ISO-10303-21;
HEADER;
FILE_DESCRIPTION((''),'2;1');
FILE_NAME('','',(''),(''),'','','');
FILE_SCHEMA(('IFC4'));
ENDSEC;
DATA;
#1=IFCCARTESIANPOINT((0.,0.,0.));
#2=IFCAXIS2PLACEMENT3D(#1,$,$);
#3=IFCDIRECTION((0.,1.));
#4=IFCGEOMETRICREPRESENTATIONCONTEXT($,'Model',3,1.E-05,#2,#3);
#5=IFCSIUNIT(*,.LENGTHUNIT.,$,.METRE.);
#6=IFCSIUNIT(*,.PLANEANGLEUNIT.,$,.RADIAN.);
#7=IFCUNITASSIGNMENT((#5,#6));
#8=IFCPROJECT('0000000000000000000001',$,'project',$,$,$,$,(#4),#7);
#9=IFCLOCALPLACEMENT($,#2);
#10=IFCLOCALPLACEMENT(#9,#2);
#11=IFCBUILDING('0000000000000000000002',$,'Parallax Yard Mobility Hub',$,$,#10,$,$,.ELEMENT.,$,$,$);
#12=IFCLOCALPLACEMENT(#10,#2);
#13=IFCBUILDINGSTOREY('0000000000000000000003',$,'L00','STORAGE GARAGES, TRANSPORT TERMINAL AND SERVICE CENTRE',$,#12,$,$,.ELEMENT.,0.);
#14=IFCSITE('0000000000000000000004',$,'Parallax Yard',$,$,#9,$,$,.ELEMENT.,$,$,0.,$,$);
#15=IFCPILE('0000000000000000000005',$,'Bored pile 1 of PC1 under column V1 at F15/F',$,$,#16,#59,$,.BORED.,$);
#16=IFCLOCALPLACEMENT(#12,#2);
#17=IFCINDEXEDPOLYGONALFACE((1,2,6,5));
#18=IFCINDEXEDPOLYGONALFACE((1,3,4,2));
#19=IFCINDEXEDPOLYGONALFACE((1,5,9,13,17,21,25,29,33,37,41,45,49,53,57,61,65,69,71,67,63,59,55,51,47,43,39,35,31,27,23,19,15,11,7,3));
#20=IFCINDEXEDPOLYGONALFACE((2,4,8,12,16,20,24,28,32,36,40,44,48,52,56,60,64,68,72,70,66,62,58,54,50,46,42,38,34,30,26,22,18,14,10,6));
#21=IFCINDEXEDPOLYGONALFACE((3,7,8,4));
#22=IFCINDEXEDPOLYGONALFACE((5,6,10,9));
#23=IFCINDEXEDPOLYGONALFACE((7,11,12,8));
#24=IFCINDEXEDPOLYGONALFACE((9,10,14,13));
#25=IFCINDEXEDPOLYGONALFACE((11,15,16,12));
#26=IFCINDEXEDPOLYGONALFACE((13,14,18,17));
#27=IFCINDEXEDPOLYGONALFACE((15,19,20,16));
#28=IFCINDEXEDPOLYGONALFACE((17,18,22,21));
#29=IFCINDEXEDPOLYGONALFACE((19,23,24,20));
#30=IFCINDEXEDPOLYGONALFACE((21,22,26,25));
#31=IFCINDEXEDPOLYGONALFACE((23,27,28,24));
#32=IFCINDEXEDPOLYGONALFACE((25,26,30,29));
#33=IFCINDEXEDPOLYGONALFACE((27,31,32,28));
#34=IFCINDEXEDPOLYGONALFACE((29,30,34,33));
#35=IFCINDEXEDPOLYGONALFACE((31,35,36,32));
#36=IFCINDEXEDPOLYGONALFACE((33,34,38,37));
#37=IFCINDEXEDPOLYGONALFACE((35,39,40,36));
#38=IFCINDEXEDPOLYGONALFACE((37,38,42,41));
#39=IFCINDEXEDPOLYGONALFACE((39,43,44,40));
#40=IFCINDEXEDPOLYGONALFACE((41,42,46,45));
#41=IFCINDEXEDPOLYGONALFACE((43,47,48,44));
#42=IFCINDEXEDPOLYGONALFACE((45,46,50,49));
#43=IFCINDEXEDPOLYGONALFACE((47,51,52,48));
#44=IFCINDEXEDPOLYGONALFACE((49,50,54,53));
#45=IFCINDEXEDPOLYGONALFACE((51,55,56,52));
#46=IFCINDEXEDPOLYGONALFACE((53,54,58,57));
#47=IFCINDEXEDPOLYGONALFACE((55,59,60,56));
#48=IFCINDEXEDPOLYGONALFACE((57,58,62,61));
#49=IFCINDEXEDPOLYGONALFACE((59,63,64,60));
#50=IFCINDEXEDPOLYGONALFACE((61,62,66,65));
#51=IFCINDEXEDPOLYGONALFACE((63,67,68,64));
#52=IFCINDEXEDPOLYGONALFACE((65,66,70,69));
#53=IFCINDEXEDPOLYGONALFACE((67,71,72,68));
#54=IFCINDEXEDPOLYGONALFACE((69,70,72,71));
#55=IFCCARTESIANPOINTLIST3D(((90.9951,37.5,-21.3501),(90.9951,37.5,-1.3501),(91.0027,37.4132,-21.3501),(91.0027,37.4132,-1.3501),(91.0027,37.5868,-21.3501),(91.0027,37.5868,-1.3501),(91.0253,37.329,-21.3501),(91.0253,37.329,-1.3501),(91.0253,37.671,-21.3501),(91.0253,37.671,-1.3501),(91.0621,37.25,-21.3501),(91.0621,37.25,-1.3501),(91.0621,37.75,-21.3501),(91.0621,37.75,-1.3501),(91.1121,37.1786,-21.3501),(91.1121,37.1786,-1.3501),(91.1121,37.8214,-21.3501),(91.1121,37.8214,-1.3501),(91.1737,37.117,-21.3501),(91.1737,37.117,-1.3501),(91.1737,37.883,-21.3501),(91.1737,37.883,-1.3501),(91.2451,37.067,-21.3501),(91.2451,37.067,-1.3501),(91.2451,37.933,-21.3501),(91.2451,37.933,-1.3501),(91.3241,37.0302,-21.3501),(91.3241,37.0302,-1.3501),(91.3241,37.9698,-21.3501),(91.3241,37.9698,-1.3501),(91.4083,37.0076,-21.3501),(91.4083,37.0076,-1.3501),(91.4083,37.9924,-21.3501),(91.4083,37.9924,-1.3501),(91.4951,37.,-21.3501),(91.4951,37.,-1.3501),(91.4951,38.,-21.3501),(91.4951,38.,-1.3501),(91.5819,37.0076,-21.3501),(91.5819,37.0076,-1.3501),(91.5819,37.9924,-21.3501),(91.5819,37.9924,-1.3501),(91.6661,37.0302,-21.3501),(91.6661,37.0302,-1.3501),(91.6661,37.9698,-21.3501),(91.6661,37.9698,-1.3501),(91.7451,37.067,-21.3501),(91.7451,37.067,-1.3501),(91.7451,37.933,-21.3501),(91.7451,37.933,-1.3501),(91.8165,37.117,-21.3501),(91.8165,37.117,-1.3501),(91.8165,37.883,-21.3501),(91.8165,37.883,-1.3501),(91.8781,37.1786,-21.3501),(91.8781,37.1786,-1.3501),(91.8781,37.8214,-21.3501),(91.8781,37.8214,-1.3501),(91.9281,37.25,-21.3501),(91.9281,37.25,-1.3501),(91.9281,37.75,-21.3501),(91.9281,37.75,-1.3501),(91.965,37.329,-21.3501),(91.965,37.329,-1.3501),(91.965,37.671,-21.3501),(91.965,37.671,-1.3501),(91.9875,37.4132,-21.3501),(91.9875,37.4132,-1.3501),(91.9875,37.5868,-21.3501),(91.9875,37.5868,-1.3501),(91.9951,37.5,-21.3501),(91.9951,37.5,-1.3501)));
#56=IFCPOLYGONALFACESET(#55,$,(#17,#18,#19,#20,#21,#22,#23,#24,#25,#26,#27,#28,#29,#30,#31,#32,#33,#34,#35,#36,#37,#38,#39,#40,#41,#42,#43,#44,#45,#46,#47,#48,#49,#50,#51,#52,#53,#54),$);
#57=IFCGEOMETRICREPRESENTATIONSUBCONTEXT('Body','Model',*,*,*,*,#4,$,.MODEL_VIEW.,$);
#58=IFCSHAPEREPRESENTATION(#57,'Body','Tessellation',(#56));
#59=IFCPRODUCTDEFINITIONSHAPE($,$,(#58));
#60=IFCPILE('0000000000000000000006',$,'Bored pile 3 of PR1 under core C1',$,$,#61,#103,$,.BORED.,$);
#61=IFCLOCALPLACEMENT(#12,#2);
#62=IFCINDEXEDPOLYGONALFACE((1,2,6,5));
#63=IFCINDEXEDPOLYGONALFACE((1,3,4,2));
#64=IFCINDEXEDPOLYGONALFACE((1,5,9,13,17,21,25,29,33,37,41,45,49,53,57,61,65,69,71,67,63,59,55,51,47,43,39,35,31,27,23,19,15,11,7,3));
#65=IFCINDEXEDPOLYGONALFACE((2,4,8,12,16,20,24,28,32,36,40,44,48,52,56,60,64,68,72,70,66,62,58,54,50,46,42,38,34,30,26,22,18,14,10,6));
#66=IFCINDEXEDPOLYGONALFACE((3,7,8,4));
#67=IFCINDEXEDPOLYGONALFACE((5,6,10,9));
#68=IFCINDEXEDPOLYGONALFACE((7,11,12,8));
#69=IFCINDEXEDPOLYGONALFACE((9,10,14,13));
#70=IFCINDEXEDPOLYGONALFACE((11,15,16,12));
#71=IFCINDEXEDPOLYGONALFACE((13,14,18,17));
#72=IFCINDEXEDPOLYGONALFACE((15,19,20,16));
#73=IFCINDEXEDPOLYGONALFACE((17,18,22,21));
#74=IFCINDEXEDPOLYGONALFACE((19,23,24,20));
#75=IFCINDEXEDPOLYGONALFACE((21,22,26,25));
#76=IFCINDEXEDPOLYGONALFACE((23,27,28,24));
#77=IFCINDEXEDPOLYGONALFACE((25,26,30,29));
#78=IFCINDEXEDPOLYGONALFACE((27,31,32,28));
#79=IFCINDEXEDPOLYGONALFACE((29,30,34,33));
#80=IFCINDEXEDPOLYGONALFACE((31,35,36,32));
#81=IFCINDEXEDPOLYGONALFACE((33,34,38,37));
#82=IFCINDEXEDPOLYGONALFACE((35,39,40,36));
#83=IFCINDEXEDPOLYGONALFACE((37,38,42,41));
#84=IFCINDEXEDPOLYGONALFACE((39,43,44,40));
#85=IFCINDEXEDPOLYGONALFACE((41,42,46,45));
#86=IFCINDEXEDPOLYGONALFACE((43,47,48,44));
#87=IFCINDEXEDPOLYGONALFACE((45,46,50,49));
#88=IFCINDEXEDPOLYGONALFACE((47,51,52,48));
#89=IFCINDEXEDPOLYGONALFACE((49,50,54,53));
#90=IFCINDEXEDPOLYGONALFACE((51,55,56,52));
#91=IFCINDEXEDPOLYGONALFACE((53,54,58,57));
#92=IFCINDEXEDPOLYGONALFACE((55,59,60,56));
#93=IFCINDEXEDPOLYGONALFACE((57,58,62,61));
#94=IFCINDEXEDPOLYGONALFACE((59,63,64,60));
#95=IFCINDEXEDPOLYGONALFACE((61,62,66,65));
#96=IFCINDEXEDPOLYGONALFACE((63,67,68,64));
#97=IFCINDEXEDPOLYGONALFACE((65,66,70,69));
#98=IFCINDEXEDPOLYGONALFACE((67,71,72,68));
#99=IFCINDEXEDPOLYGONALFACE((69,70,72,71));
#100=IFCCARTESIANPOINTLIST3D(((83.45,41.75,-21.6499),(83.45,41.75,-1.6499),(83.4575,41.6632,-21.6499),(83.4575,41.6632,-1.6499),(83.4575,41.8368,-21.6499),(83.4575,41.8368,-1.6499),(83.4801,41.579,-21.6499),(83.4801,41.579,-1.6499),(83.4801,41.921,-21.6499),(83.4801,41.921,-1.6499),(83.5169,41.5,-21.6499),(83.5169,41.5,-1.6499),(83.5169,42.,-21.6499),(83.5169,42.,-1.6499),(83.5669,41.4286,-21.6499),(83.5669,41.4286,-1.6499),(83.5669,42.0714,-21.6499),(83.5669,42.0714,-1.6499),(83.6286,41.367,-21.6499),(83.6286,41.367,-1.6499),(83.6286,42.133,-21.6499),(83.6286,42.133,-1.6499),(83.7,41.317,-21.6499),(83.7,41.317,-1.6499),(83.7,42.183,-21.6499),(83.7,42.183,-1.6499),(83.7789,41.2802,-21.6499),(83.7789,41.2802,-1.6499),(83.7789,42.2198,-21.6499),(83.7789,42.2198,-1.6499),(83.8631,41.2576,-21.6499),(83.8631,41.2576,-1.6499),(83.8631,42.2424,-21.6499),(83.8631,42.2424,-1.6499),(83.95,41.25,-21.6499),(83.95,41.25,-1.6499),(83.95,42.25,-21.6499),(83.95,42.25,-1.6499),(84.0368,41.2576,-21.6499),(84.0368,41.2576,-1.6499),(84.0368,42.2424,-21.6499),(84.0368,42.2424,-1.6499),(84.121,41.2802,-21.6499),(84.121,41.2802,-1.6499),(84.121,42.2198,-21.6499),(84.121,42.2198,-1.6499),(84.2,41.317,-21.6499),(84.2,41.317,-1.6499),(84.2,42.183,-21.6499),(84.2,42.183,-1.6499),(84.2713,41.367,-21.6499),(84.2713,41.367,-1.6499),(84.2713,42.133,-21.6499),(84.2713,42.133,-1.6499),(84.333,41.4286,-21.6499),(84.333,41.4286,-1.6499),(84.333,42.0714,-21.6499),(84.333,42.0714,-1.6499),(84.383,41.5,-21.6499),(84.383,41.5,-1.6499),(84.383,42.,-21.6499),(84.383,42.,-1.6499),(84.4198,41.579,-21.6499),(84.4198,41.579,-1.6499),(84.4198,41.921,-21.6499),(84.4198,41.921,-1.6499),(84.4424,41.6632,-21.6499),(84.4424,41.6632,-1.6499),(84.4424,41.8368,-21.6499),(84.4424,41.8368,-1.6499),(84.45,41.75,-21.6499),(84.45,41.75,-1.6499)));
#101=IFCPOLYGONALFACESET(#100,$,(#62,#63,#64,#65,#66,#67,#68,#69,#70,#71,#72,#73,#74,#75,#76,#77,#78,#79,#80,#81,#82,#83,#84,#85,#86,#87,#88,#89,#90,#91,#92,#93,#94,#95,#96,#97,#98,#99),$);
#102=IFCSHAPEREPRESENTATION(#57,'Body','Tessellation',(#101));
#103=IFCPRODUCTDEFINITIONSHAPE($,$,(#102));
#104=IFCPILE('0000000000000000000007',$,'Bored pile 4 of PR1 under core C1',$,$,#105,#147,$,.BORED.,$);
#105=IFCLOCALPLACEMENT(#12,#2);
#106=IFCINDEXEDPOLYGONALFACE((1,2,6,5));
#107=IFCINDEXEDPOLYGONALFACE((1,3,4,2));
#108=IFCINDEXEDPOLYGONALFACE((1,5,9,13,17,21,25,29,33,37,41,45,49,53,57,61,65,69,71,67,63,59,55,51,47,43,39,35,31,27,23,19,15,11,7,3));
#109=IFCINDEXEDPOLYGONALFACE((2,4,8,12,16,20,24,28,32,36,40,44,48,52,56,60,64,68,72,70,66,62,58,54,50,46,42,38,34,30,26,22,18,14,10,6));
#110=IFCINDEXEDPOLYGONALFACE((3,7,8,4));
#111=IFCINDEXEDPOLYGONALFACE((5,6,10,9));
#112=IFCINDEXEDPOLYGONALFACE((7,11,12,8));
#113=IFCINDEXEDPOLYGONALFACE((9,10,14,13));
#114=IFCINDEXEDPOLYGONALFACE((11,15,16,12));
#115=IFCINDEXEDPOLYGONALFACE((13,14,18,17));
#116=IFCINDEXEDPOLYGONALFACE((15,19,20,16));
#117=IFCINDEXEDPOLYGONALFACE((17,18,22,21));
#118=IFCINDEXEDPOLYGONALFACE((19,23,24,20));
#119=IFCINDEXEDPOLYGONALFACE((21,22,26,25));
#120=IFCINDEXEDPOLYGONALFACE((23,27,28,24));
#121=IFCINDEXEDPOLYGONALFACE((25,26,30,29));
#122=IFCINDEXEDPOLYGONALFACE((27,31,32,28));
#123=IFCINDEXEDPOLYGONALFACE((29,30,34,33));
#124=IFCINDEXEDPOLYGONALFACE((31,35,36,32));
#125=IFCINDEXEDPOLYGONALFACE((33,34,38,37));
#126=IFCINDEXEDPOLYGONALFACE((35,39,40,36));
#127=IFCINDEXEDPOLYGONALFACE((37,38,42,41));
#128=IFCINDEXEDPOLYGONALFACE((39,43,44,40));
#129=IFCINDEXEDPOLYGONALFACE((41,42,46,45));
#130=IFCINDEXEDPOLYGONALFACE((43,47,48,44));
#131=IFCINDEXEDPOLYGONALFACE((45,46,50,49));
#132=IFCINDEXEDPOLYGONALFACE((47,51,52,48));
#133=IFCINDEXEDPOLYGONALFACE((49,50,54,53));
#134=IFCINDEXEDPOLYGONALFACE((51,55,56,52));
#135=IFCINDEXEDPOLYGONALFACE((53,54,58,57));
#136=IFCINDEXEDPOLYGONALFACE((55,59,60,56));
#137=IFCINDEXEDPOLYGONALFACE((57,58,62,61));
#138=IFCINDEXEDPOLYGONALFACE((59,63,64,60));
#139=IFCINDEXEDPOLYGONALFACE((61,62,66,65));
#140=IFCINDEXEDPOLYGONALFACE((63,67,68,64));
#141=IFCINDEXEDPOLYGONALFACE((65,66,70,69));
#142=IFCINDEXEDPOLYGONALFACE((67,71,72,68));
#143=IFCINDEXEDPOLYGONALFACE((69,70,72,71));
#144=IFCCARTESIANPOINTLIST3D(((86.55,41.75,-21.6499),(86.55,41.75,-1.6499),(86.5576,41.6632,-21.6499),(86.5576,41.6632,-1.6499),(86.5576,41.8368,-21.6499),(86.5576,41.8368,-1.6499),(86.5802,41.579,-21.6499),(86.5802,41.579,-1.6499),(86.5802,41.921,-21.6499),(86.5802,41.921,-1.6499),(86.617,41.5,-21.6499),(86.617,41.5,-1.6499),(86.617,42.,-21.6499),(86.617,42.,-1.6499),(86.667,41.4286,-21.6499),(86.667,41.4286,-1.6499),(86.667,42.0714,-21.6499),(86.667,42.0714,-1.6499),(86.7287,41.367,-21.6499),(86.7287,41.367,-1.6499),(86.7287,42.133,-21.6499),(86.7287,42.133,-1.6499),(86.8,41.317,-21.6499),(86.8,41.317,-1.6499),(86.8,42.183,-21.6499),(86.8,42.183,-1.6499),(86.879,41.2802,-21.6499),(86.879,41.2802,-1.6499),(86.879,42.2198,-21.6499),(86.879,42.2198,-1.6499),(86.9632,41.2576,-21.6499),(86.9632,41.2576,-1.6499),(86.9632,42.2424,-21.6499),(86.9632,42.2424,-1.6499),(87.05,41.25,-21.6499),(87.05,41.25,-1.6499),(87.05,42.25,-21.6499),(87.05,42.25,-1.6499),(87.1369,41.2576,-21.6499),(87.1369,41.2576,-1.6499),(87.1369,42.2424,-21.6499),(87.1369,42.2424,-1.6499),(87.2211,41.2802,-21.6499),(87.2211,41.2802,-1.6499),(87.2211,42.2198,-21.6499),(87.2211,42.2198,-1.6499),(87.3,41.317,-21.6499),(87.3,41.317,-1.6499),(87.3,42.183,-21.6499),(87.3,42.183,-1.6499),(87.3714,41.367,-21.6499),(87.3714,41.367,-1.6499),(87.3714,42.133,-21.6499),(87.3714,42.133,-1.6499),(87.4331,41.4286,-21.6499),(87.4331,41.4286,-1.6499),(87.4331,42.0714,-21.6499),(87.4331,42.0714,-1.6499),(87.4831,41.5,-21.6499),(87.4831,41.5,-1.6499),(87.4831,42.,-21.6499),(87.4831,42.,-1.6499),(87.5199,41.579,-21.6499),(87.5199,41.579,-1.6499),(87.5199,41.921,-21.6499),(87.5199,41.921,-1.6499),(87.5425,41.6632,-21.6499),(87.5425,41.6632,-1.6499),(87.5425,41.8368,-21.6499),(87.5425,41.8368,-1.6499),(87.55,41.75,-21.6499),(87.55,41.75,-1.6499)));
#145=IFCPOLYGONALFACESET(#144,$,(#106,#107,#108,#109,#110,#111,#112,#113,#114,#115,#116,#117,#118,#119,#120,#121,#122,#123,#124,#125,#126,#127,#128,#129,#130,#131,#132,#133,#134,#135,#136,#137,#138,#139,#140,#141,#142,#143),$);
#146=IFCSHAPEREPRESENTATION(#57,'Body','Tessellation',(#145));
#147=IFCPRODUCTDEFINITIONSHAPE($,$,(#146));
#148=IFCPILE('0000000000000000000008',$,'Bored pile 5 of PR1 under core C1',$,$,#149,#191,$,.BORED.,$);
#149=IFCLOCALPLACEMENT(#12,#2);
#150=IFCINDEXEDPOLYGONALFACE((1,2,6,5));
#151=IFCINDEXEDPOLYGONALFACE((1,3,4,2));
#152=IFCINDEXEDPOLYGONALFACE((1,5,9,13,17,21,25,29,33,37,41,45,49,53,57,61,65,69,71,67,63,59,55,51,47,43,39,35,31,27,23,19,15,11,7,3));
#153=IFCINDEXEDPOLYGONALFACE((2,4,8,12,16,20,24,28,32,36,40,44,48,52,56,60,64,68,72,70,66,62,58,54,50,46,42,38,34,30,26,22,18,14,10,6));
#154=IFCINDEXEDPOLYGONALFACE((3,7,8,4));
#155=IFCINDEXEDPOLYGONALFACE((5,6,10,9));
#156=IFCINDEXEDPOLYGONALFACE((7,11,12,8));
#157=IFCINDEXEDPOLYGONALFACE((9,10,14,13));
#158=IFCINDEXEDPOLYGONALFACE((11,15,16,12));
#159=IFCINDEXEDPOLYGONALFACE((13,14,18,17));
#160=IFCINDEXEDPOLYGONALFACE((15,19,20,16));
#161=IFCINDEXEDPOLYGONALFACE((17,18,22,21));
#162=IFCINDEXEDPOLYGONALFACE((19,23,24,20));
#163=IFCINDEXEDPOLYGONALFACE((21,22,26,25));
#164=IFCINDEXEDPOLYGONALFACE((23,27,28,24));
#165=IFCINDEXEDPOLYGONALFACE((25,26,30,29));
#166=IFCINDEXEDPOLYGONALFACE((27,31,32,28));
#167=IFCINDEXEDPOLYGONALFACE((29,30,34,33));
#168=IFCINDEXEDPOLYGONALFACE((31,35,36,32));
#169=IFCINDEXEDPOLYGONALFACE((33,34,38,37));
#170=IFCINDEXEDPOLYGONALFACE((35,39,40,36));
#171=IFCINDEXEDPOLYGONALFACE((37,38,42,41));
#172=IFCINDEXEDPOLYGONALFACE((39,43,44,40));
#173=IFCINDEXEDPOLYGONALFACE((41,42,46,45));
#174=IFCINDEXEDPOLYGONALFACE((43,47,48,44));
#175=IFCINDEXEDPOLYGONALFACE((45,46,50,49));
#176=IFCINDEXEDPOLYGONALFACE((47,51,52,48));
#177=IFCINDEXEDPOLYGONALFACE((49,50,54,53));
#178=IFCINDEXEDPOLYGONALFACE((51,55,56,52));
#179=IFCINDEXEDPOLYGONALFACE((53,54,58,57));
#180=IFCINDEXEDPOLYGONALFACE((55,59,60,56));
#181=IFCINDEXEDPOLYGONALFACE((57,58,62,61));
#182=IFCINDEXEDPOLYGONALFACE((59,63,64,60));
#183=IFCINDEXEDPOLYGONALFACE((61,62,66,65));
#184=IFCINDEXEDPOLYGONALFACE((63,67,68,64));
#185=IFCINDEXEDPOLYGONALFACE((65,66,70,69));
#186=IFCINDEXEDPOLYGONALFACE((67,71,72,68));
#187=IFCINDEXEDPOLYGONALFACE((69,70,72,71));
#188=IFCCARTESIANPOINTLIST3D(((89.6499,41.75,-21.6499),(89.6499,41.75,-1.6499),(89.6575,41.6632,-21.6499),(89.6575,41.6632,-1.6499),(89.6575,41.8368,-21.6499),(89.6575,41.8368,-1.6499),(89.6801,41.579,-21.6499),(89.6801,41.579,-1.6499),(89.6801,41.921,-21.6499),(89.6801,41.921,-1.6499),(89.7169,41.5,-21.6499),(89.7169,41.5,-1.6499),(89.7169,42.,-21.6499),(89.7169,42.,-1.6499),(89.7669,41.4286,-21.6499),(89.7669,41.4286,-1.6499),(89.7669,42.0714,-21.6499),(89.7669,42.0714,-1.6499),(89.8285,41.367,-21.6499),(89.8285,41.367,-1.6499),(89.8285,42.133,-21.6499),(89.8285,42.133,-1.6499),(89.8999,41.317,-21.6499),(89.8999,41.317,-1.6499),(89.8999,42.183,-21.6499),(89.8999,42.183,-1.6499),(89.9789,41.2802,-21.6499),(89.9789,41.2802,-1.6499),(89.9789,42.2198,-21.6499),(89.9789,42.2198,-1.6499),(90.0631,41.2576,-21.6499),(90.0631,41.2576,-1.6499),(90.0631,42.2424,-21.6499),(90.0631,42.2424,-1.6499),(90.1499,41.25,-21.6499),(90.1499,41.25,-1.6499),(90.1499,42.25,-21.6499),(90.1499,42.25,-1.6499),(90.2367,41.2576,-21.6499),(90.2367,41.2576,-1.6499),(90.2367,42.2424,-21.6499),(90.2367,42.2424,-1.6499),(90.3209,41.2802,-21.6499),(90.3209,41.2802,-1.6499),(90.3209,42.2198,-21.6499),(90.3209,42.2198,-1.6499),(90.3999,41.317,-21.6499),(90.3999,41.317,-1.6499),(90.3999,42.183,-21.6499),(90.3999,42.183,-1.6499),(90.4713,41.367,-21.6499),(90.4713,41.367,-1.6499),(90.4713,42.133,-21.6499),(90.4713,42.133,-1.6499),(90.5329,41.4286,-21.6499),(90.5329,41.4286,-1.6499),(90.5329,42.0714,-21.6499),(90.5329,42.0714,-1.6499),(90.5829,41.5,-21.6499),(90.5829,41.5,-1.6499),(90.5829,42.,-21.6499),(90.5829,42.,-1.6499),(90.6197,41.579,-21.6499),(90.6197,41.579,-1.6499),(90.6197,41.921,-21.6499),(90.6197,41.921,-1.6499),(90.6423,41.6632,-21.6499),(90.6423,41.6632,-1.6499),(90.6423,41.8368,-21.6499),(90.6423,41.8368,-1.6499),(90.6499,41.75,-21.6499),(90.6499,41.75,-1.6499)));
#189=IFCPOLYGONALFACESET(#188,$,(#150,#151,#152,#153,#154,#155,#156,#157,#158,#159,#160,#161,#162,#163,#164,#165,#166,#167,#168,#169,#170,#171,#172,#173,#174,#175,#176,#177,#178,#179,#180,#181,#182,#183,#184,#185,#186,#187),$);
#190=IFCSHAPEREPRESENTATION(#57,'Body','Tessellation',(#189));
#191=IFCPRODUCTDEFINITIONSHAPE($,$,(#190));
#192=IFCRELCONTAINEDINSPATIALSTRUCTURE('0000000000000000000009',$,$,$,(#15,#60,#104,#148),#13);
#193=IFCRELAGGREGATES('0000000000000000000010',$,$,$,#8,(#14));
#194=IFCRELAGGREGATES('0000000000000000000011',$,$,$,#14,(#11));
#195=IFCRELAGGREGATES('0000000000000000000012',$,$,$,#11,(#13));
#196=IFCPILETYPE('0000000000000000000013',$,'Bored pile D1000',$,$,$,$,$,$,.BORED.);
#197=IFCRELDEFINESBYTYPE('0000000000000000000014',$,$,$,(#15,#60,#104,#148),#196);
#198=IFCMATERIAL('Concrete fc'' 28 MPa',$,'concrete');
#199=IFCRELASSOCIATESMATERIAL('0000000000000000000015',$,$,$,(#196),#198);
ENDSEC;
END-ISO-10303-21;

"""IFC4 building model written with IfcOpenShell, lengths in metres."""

from ifc_helpers import new_model, si_unit, direction, frame, origin, origin_2d, place, context, subcontext, project, spatial, circle, extrude, material, material_profile, profile_set, type_object, element, save


model = new_model("IFC4")

# Units and contexts
model_context = context("Model", 3, precision=1e-05, world=origin(), true_north=direction((0.0, 1.0)))
body_context = subcontext(model_context, "Body", "Model", "MODEL_VIEW")
ifc_project = project(units=[si_unit("LENGTHUNIT", "METRE"), si_unit("PLANEANGLEUNIT", "RADIAN")], contexts=[model_context])

# Site, building, storey
site_placement = place(None, origin())
site = spatial("IfcSite", under=ifc_project, at=site_placement, Name="Parallax Yard", CompositionType="ELEMENT", RefElevation=0.0)
building_placement = place(site_placement, origin())
building = spatial("IfcBuilding", under=site, at=building_placement, Name="Parallax Yard Mobility Hub", CompositionType="ELEMENT")
storey_placement = place(building_placement, origin())
storey = spatial("IfcBuildingStorey", under=building, at=storey_placement, Name="L00", Description="STORAGE GARAGES, TRANSPORT TERMINAL AND SERVICE CENTRE", CompositionType="ELEMENT", Elevation=0.0)

# Piles
ifc_material_1 = material(Name="Concrete fc' 28 MPa", Category="concrete")
ifc_material_profile_1 = material_profile(ifc_material_1, circle(Radius=0.5, at=origin_2d()), Name="Bored pile D1000")
ifc_profile_set_1 = profile_set([ifc_material_profile_1], Name="Concrete fc' 28 MPa")
pile_type = type_object("IfcPileType", Name="Bored pile D1000", PredefinedType="BORED", material=ifc_profile_set_1)
for number, where, z_axis, x_axis, name in (
    (1, (91.4951, 37.5, -1.3501), (0.0, 0.0, -1.0), (1.0, 0.0, 0.0), "Bored pile 1 of PC1 under column V1 at F15/F"),
    (2, (83.95, 41.75, -1.6499), (0.0, 0.0, -1.0), (1.0, 0.0, 0.0), "Bored pile 3 of PR1 under core C1"),
    (3, (87.05, 41.75, -1.6499), (0.0, 0.0, -1.0), (1.0, 0.0, 0.0), "Bored pile 4 of PR1 under core C1"),
    (4, (90.1499, 41.75, -1.6499), (0.0, 0.0, -1.0), (1.0, 0.0, 0.0), "Bored pile 5 of PR1 under core C1"),
):
    element("IfcPile", number, at=place(storey_placement, frame(where, z_axis=z_axis, x_axis=x_axis)), inside=storey, type_object=pile_type, Name=name, PredefinedType="BORED", context=body_context, shape_type="SweptSolid", body=[
        extrude(circle(Radius=0.5, at=origin_2d()), origin(), (0.0, 0.0, 1.0), 20.0),
    ])

save(model, "model.ifc")
